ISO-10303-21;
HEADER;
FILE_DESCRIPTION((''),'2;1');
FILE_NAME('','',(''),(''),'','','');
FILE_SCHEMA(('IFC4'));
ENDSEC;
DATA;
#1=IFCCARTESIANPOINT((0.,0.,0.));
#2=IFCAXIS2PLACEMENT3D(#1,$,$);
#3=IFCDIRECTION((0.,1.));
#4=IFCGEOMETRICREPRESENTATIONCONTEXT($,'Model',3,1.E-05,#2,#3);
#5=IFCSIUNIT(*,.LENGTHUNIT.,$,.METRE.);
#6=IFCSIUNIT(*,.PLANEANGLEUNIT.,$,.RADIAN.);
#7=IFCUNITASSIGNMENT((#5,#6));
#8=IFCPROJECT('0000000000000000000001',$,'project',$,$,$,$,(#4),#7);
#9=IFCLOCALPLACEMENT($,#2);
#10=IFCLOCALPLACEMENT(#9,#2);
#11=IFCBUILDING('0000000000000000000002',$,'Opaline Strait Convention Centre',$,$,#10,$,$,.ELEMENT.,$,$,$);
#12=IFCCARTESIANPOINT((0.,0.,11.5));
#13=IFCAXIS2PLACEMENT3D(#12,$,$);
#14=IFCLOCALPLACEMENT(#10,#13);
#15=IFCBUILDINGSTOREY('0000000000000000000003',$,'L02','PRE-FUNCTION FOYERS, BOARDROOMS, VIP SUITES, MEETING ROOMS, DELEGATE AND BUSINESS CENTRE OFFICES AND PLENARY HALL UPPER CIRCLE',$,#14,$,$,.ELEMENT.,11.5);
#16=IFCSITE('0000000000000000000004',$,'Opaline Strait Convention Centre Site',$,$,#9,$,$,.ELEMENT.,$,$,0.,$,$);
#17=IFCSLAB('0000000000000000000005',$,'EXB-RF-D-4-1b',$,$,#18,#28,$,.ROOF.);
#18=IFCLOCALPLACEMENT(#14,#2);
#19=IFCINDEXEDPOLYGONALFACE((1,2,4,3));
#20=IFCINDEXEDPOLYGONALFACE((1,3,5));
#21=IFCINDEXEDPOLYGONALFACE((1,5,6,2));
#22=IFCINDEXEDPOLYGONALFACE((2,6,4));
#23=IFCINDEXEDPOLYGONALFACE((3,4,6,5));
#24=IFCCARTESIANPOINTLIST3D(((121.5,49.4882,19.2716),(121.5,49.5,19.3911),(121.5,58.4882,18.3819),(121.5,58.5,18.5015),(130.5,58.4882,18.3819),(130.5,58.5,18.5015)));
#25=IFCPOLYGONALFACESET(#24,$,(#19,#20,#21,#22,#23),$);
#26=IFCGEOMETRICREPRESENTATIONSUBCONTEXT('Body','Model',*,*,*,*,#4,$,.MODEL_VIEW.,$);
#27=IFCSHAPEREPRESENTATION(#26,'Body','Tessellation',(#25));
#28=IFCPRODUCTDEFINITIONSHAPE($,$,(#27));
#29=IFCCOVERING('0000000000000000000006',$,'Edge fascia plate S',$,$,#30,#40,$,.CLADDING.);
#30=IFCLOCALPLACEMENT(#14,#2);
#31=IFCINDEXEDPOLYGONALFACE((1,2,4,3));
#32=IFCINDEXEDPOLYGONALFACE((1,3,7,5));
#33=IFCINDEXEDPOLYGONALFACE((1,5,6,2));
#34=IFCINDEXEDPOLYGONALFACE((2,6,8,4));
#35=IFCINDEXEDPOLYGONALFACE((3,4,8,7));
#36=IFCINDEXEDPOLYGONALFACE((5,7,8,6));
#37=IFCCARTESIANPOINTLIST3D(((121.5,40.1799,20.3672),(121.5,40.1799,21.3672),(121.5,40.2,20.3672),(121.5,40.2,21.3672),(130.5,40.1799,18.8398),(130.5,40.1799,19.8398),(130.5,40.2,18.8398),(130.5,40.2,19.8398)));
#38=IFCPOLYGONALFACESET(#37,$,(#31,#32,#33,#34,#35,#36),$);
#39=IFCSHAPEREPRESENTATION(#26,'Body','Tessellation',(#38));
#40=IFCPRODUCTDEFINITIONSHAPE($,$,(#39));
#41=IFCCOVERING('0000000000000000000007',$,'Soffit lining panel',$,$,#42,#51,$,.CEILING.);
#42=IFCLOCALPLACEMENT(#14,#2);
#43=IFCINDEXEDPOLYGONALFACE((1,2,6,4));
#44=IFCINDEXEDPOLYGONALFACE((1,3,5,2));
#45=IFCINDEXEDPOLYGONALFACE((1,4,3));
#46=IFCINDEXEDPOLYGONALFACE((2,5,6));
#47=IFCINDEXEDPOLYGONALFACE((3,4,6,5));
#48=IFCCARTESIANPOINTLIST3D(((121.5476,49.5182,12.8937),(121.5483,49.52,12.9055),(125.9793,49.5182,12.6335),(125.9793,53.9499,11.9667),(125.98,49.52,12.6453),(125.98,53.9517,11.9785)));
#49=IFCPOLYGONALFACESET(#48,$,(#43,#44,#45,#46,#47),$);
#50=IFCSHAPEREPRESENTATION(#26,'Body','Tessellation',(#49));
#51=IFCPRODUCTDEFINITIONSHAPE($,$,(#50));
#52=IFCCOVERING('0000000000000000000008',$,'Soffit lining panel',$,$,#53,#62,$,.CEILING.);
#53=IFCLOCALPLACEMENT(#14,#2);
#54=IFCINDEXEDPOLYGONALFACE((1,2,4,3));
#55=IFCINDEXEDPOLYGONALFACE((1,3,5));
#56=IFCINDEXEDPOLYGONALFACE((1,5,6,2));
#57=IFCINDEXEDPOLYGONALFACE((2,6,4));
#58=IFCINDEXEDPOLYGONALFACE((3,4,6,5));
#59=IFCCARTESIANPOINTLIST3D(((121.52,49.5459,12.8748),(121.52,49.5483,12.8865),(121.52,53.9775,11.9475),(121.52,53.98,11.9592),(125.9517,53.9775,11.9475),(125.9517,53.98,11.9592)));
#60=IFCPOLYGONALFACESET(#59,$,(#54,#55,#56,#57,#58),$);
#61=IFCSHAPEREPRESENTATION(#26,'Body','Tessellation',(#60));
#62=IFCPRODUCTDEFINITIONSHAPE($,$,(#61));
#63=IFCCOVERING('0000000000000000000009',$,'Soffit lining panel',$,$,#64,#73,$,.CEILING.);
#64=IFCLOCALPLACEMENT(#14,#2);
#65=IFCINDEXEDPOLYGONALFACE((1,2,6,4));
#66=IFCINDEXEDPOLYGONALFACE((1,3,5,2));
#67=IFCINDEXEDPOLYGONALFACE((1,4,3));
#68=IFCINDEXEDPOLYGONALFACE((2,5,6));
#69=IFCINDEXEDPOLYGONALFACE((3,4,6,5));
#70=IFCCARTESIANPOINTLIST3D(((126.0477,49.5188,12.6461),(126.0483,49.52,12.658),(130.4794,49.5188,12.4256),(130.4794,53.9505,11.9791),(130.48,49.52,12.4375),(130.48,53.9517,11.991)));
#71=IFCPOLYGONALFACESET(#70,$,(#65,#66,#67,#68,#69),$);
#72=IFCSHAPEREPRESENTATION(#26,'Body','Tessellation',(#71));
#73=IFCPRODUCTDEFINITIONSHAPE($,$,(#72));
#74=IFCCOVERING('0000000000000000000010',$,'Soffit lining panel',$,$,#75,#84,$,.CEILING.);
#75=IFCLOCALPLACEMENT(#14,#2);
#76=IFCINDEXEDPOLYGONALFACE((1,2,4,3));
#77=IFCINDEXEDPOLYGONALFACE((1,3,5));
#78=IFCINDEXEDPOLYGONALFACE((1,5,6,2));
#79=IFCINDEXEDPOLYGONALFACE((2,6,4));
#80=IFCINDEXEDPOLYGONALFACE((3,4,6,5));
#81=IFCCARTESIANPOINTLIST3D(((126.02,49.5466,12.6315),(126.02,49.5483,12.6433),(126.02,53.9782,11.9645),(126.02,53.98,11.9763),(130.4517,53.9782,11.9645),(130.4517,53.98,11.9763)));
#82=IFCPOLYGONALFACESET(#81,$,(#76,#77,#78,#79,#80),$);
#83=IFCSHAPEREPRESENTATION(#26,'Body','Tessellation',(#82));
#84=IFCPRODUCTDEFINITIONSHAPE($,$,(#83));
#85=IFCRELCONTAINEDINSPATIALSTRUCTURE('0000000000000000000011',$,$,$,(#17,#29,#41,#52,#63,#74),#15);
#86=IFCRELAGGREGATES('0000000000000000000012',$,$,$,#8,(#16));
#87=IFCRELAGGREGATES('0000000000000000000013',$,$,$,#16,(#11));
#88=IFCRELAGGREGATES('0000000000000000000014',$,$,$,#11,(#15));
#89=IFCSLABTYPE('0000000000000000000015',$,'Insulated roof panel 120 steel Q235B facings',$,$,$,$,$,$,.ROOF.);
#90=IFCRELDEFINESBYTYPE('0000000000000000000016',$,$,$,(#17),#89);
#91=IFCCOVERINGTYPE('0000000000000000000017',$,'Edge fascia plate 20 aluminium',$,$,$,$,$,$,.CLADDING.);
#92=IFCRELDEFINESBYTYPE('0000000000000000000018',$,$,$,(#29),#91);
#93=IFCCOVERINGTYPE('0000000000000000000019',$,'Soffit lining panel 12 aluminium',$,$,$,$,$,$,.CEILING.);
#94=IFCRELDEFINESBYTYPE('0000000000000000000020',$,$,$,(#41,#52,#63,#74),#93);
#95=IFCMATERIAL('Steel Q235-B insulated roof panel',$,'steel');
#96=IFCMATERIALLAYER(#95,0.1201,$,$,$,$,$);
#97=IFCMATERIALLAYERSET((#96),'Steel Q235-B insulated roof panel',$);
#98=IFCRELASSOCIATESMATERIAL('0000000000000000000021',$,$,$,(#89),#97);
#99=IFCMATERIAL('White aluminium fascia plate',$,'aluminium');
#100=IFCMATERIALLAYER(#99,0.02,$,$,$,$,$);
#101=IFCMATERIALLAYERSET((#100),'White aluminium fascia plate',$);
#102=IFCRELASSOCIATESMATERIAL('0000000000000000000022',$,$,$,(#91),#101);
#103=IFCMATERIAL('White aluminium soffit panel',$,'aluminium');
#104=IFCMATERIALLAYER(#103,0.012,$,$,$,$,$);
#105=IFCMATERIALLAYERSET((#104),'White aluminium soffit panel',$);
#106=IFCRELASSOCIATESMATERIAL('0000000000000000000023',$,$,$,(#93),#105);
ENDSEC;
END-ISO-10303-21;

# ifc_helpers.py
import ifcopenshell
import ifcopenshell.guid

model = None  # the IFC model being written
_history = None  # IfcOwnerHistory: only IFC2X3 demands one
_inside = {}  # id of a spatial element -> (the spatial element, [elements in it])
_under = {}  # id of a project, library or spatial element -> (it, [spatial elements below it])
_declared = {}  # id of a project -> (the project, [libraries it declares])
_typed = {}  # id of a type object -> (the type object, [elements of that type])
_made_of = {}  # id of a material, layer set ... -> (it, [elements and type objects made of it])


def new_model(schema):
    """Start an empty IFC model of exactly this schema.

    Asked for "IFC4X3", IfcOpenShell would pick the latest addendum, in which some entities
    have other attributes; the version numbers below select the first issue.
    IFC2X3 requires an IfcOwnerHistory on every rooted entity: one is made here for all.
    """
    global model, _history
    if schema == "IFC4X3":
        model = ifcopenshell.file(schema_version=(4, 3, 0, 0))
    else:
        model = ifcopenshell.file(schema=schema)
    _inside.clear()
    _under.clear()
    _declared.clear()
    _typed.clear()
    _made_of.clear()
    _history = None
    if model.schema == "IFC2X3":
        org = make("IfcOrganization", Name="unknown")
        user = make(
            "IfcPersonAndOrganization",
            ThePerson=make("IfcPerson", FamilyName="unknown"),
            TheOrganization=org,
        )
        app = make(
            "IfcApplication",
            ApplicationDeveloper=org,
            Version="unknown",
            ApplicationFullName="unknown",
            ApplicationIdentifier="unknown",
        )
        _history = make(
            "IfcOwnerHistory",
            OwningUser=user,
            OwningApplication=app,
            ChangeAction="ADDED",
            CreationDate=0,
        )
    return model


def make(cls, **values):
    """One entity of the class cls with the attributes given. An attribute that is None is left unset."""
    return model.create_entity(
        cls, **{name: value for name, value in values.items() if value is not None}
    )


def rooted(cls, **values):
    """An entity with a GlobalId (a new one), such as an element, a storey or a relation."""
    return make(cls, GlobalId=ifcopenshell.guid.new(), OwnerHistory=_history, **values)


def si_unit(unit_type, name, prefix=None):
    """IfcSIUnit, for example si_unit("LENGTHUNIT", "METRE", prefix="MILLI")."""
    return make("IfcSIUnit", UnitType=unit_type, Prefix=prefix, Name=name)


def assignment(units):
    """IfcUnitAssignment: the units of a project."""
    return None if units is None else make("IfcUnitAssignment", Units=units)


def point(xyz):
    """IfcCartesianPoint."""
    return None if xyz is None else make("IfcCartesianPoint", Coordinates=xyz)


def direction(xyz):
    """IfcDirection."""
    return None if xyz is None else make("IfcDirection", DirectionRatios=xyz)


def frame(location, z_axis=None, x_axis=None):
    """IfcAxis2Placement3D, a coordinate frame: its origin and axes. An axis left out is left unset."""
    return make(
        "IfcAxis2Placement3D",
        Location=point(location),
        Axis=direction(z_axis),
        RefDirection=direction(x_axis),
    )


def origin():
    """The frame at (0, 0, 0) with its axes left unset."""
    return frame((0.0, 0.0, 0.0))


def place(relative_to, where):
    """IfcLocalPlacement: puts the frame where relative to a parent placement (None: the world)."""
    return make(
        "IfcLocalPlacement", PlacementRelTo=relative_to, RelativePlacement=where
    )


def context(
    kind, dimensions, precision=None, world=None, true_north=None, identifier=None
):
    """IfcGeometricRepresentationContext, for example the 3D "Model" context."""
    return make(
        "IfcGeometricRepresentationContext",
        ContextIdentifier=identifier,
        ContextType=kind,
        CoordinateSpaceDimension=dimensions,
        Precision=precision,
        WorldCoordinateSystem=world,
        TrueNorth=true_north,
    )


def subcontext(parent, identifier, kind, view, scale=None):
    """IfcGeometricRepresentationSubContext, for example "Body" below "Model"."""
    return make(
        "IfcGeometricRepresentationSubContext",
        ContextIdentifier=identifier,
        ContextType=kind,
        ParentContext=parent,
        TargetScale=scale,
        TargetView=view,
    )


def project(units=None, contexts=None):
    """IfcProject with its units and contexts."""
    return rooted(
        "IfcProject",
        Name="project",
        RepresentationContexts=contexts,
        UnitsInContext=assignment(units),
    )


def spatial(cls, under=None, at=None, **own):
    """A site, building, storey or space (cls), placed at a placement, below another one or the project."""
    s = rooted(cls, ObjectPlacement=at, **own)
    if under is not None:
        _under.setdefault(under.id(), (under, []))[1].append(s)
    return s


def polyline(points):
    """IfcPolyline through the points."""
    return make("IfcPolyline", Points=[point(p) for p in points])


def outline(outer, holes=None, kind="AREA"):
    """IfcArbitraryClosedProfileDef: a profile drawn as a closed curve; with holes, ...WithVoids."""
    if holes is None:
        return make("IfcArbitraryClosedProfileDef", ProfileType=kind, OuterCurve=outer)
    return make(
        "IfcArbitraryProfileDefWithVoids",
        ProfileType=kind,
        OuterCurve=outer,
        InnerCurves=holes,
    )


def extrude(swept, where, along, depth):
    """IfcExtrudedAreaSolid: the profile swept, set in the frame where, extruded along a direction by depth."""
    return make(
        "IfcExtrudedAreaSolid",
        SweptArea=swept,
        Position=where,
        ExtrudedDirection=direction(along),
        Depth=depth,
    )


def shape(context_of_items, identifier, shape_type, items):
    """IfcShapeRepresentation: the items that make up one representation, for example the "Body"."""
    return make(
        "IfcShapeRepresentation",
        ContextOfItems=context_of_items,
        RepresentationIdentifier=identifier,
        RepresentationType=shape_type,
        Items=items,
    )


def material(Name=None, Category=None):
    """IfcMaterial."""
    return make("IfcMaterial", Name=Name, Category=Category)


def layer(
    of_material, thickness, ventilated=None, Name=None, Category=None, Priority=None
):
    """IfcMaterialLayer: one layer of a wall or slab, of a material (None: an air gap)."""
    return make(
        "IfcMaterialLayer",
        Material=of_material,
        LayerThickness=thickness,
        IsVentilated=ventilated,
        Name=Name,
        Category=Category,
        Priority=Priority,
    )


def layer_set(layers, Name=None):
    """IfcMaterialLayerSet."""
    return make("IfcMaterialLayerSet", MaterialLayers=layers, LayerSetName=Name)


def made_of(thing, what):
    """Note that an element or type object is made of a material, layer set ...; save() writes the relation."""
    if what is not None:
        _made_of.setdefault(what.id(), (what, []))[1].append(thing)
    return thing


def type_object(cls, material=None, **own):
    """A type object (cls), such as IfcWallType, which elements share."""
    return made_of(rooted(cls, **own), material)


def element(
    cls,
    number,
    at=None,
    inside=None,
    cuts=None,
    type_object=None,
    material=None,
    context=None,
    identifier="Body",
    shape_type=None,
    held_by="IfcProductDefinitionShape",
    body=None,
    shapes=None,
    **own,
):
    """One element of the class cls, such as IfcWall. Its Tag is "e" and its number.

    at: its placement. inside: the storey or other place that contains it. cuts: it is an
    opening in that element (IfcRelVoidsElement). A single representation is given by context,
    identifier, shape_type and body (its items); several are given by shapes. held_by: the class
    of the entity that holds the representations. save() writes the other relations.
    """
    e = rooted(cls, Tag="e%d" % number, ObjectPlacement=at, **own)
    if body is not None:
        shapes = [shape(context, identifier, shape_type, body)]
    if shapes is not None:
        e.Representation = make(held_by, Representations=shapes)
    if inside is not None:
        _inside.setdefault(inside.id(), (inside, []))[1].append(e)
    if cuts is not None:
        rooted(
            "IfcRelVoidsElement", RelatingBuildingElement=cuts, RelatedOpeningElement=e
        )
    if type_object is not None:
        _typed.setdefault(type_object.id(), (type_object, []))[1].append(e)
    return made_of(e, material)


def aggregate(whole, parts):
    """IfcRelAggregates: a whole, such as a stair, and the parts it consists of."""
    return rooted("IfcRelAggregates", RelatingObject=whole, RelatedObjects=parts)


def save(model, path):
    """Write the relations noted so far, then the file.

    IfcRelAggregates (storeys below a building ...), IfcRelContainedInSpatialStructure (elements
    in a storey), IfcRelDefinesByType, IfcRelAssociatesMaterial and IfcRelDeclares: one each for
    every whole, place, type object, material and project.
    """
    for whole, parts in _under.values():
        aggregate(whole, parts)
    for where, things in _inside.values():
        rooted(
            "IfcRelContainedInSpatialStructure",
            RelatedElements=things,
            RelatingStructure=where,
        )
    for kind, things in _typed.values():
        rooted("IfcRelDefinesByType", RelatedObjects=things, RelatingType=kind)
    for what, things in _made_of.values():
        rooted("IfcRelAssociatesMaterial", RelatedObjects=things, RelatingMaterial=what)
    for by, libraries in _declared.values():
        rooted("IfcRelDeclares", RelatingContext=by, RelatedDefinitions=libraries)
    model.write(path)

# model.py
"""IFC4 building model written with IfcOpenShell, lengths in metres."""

from ifc_helpers import new_model, si_unit, direction, frame, origin, place, context, subcontext, project, spatial, polyline, outline, extrude, material, layer, layer_set, type_object, element, save


model = new_model("IFC4")

# Units and contexts
model_context = context("Model", 3, precision=1e-05, world=origin(), true_north=direction((0.0, 1.0)))
body_context = subcontext(model_context, "Body", "Model", "MODEL_VIEW")
ifc_project = project(units=[si_unit("LENGTHUNIT", "METRE"), si_unit("PLANEANGLEUNIT", "RADIAN")], contexts=[model_context])

# Site, building, storey
site_placement = place(None, origin())
site = spatial("IfcSite", under=ifc_project, at=site_placement, Name="Opaline Strait Convention Centre Site", CompositionType="ELEMENT", RefElevation=0.0)
building_placement = place(site_placement, origin())
building = spatial("IfcBuilding", under=site, at=building_placement, Name="Opaline Strait Convention Centre", CompositionType="ELEMENT")
storey_placement = place(building_placement, frame((0.0, 0.0, 11.5)))
storey = spatial("IfcBuildingStorey", under=building, at=storey_placement, Name="L02", Description="PRE-FUNCTION FOYERS, BOARDROOMS, VIP SUITES, MEETING ROOMS, DELEGATE AND BUSINESS CENTRE OFFICES AND PLENARY HALL UPPER CIRCLE", CompositionType="ELEMENT", Elevation=11.5)

# Slab
ifc_material_1 = material(Name="Steel Q235-B insulated roof panel", Category="steel")
ifc_layer_1 = layer(ifc_material_1, 0.1201)
ifc_layer_set_1 = layer_set([ifc_layer_1], Name="Steel Q235-B insulated roof panel")
slab_type = type_object("IfcSlabType", Name="Insulated roof panel 120 steel Q235B facings", PredefinedType="ROOF", material=ifc_layer_set_1)
slab_1_placement = place(storey_placement, frame((121.5, 49.5, 19.3911), z_axis=(0.0, 0.09837, 0.99515), x_axis=(0.705386, 0.705386, -0.069727)))
element("IfcSlab", 1, at=slab_1_placement, inside=storey, type_object=slab_type, Name="EXB-RF-D-4-1b", PredefinedType="ROOF", context=body_context, shape_type="SweptSolid", body=[
    extrude(outline(polyline([(0.0, 0.0), (12.759, 0.0), (6.4105, 6.3794), (0.0, 0.0)])), origin(), (0.0, 0.0, -1.0), 0.1201),
])

# Coverings
ifc_material_2 = material(Name="White aluminium fascia plate", Category="aluminium")
ifc_layer_2 = layer(ifc_material_2, 0.02)
ifc_layer_set_2 = layer_set([ifc_layer_2], Name="White aluminium fascia plate")
covering_type_1 = type_object("IfcCoveringType", Name="Edge fascia plate 20 aluminium", PredefinedType="CLADDING", material=ifc_layer_set_2)
covering_1_placement = place(storey_placement, frame((126.0, 40.2, 20.1035), z_axis=(0.0, -1.0, 0.0), x_axis=(1.0, 0.0, 0.0)))
element("IfcCovering", 2, at=covering_1_placement, inside=storey, type_object=covering_type_1, Name="Edge fascia plate S", PredefinedType="CLADDING", context=body_context, shape_type="SweptSolid", body=[
    extrude(outline(polyline([(-4.5, 1.2637), (4.5, -0.2637), (4.5, -1.2637), (-4.5, 0.2637), (-4.5, 1.2637)])), origin(), (0.0, 0.0, 1.0), 0.02),
])
ifc_material_3 = material(Name="White aluminium soffit panel", Category="aluminium")
ifc_layer_3 = layer(ifc_material_3, 0.012)
ifc_layer_set_3 = layer_set([ifc_layer_3], Name="White aluminium soffit panel")
covering_type_2 = type_object("IfcCoveringType", Name="Soffit lining panel 12 aluminium", PredefinedType="CEILING", material=ifc_layer_set_3)
covering_2_placement = place(storey_placement, frame((121.5483, 49.52, 12.9055), z_axis=(0.057975, 0.148527, 0.987207), x_axis=(0.699496, 0.699496, -0.146319)))
element("IfcCovering", 3, at=covering_2_placement, inside=storey, type_object=covering_type_2, Name="Soffit lining panel", PredefinedType="CEILING", context=body_context, shape_type="SweptSolid", body=[
    extrude(outline(polyline([(0.0, 0.0), (6.3355, 0.0), (3.138, -3.1401), (0.0, 0.0)])), origin(), (0.0, 0.0, -1.0), 0.012),
])
covering_3_placement = place(storey_placement, frame((121.52, 49.5483, 12.8865), z_axis=(0.0, 0.204798, 0.978804), x_axis=(0.0, 0.978804, -0.204798)))
element("IfcCovering", 4, at=covering_3_placement, inside=storey, type_object=covering_type_2, Name="Soffit lining panel", PredefinedType="CEILING", context=body_context, shape_type="SweptSolid", body=[
    extrude(outline(polyline([(0.0, 0.0), (4.5276, 0.0), (4.5276, -4.4316), (0.0, 0.0)])), origin(), (0.0, 0.0, -1.0), 0.012),
])
covering_4_placement = place(storey_placement, frame((126.0483, 49.52, 12.658), z_axis=(0.049435, 0.10013, 0.993745), x_axis=(0.703136, 0.703136, -0.105827)))
element("IfcCovering", 5, at=covering_4_placement, inside=storey, type_object=covering_type_2, Name="Soffit lining panel", PredefinedType="CEILING", context=body_context, shape_type="SweptSolid", body=[
    extrude(outline(polyline([(0.0, 0.0), (6.3027, 0.0), (3.1394, -3.1357), (0.0, 0.0)])), origin(), (0.0, 0.0, -1.0), 0.012),
])
covering_5_placement = place(storey_placement, frame((126.02, 49.5483, 12.6433), z_axis=(0.0, 0.148831, 0.988863), x_axis=(0.0, 0.988863, -0.148831)))
element("IfcCovering", 6, at=covering_5_placement, inside=storey, type_object=covering_type_2, Name="Soffit lining panel", PredefinedType="CEILING", context=body_context, shape_type="SweptSolid", body=[
    extrude(outline(polyline([(0.0, 0.0), (4.4816, 0.0), (4.4816, -4.4316), (0.0, 0.0)])), origin(), (0.0, 0.0, -1.0), 0.012),
])

save(model, "model.ifc")
